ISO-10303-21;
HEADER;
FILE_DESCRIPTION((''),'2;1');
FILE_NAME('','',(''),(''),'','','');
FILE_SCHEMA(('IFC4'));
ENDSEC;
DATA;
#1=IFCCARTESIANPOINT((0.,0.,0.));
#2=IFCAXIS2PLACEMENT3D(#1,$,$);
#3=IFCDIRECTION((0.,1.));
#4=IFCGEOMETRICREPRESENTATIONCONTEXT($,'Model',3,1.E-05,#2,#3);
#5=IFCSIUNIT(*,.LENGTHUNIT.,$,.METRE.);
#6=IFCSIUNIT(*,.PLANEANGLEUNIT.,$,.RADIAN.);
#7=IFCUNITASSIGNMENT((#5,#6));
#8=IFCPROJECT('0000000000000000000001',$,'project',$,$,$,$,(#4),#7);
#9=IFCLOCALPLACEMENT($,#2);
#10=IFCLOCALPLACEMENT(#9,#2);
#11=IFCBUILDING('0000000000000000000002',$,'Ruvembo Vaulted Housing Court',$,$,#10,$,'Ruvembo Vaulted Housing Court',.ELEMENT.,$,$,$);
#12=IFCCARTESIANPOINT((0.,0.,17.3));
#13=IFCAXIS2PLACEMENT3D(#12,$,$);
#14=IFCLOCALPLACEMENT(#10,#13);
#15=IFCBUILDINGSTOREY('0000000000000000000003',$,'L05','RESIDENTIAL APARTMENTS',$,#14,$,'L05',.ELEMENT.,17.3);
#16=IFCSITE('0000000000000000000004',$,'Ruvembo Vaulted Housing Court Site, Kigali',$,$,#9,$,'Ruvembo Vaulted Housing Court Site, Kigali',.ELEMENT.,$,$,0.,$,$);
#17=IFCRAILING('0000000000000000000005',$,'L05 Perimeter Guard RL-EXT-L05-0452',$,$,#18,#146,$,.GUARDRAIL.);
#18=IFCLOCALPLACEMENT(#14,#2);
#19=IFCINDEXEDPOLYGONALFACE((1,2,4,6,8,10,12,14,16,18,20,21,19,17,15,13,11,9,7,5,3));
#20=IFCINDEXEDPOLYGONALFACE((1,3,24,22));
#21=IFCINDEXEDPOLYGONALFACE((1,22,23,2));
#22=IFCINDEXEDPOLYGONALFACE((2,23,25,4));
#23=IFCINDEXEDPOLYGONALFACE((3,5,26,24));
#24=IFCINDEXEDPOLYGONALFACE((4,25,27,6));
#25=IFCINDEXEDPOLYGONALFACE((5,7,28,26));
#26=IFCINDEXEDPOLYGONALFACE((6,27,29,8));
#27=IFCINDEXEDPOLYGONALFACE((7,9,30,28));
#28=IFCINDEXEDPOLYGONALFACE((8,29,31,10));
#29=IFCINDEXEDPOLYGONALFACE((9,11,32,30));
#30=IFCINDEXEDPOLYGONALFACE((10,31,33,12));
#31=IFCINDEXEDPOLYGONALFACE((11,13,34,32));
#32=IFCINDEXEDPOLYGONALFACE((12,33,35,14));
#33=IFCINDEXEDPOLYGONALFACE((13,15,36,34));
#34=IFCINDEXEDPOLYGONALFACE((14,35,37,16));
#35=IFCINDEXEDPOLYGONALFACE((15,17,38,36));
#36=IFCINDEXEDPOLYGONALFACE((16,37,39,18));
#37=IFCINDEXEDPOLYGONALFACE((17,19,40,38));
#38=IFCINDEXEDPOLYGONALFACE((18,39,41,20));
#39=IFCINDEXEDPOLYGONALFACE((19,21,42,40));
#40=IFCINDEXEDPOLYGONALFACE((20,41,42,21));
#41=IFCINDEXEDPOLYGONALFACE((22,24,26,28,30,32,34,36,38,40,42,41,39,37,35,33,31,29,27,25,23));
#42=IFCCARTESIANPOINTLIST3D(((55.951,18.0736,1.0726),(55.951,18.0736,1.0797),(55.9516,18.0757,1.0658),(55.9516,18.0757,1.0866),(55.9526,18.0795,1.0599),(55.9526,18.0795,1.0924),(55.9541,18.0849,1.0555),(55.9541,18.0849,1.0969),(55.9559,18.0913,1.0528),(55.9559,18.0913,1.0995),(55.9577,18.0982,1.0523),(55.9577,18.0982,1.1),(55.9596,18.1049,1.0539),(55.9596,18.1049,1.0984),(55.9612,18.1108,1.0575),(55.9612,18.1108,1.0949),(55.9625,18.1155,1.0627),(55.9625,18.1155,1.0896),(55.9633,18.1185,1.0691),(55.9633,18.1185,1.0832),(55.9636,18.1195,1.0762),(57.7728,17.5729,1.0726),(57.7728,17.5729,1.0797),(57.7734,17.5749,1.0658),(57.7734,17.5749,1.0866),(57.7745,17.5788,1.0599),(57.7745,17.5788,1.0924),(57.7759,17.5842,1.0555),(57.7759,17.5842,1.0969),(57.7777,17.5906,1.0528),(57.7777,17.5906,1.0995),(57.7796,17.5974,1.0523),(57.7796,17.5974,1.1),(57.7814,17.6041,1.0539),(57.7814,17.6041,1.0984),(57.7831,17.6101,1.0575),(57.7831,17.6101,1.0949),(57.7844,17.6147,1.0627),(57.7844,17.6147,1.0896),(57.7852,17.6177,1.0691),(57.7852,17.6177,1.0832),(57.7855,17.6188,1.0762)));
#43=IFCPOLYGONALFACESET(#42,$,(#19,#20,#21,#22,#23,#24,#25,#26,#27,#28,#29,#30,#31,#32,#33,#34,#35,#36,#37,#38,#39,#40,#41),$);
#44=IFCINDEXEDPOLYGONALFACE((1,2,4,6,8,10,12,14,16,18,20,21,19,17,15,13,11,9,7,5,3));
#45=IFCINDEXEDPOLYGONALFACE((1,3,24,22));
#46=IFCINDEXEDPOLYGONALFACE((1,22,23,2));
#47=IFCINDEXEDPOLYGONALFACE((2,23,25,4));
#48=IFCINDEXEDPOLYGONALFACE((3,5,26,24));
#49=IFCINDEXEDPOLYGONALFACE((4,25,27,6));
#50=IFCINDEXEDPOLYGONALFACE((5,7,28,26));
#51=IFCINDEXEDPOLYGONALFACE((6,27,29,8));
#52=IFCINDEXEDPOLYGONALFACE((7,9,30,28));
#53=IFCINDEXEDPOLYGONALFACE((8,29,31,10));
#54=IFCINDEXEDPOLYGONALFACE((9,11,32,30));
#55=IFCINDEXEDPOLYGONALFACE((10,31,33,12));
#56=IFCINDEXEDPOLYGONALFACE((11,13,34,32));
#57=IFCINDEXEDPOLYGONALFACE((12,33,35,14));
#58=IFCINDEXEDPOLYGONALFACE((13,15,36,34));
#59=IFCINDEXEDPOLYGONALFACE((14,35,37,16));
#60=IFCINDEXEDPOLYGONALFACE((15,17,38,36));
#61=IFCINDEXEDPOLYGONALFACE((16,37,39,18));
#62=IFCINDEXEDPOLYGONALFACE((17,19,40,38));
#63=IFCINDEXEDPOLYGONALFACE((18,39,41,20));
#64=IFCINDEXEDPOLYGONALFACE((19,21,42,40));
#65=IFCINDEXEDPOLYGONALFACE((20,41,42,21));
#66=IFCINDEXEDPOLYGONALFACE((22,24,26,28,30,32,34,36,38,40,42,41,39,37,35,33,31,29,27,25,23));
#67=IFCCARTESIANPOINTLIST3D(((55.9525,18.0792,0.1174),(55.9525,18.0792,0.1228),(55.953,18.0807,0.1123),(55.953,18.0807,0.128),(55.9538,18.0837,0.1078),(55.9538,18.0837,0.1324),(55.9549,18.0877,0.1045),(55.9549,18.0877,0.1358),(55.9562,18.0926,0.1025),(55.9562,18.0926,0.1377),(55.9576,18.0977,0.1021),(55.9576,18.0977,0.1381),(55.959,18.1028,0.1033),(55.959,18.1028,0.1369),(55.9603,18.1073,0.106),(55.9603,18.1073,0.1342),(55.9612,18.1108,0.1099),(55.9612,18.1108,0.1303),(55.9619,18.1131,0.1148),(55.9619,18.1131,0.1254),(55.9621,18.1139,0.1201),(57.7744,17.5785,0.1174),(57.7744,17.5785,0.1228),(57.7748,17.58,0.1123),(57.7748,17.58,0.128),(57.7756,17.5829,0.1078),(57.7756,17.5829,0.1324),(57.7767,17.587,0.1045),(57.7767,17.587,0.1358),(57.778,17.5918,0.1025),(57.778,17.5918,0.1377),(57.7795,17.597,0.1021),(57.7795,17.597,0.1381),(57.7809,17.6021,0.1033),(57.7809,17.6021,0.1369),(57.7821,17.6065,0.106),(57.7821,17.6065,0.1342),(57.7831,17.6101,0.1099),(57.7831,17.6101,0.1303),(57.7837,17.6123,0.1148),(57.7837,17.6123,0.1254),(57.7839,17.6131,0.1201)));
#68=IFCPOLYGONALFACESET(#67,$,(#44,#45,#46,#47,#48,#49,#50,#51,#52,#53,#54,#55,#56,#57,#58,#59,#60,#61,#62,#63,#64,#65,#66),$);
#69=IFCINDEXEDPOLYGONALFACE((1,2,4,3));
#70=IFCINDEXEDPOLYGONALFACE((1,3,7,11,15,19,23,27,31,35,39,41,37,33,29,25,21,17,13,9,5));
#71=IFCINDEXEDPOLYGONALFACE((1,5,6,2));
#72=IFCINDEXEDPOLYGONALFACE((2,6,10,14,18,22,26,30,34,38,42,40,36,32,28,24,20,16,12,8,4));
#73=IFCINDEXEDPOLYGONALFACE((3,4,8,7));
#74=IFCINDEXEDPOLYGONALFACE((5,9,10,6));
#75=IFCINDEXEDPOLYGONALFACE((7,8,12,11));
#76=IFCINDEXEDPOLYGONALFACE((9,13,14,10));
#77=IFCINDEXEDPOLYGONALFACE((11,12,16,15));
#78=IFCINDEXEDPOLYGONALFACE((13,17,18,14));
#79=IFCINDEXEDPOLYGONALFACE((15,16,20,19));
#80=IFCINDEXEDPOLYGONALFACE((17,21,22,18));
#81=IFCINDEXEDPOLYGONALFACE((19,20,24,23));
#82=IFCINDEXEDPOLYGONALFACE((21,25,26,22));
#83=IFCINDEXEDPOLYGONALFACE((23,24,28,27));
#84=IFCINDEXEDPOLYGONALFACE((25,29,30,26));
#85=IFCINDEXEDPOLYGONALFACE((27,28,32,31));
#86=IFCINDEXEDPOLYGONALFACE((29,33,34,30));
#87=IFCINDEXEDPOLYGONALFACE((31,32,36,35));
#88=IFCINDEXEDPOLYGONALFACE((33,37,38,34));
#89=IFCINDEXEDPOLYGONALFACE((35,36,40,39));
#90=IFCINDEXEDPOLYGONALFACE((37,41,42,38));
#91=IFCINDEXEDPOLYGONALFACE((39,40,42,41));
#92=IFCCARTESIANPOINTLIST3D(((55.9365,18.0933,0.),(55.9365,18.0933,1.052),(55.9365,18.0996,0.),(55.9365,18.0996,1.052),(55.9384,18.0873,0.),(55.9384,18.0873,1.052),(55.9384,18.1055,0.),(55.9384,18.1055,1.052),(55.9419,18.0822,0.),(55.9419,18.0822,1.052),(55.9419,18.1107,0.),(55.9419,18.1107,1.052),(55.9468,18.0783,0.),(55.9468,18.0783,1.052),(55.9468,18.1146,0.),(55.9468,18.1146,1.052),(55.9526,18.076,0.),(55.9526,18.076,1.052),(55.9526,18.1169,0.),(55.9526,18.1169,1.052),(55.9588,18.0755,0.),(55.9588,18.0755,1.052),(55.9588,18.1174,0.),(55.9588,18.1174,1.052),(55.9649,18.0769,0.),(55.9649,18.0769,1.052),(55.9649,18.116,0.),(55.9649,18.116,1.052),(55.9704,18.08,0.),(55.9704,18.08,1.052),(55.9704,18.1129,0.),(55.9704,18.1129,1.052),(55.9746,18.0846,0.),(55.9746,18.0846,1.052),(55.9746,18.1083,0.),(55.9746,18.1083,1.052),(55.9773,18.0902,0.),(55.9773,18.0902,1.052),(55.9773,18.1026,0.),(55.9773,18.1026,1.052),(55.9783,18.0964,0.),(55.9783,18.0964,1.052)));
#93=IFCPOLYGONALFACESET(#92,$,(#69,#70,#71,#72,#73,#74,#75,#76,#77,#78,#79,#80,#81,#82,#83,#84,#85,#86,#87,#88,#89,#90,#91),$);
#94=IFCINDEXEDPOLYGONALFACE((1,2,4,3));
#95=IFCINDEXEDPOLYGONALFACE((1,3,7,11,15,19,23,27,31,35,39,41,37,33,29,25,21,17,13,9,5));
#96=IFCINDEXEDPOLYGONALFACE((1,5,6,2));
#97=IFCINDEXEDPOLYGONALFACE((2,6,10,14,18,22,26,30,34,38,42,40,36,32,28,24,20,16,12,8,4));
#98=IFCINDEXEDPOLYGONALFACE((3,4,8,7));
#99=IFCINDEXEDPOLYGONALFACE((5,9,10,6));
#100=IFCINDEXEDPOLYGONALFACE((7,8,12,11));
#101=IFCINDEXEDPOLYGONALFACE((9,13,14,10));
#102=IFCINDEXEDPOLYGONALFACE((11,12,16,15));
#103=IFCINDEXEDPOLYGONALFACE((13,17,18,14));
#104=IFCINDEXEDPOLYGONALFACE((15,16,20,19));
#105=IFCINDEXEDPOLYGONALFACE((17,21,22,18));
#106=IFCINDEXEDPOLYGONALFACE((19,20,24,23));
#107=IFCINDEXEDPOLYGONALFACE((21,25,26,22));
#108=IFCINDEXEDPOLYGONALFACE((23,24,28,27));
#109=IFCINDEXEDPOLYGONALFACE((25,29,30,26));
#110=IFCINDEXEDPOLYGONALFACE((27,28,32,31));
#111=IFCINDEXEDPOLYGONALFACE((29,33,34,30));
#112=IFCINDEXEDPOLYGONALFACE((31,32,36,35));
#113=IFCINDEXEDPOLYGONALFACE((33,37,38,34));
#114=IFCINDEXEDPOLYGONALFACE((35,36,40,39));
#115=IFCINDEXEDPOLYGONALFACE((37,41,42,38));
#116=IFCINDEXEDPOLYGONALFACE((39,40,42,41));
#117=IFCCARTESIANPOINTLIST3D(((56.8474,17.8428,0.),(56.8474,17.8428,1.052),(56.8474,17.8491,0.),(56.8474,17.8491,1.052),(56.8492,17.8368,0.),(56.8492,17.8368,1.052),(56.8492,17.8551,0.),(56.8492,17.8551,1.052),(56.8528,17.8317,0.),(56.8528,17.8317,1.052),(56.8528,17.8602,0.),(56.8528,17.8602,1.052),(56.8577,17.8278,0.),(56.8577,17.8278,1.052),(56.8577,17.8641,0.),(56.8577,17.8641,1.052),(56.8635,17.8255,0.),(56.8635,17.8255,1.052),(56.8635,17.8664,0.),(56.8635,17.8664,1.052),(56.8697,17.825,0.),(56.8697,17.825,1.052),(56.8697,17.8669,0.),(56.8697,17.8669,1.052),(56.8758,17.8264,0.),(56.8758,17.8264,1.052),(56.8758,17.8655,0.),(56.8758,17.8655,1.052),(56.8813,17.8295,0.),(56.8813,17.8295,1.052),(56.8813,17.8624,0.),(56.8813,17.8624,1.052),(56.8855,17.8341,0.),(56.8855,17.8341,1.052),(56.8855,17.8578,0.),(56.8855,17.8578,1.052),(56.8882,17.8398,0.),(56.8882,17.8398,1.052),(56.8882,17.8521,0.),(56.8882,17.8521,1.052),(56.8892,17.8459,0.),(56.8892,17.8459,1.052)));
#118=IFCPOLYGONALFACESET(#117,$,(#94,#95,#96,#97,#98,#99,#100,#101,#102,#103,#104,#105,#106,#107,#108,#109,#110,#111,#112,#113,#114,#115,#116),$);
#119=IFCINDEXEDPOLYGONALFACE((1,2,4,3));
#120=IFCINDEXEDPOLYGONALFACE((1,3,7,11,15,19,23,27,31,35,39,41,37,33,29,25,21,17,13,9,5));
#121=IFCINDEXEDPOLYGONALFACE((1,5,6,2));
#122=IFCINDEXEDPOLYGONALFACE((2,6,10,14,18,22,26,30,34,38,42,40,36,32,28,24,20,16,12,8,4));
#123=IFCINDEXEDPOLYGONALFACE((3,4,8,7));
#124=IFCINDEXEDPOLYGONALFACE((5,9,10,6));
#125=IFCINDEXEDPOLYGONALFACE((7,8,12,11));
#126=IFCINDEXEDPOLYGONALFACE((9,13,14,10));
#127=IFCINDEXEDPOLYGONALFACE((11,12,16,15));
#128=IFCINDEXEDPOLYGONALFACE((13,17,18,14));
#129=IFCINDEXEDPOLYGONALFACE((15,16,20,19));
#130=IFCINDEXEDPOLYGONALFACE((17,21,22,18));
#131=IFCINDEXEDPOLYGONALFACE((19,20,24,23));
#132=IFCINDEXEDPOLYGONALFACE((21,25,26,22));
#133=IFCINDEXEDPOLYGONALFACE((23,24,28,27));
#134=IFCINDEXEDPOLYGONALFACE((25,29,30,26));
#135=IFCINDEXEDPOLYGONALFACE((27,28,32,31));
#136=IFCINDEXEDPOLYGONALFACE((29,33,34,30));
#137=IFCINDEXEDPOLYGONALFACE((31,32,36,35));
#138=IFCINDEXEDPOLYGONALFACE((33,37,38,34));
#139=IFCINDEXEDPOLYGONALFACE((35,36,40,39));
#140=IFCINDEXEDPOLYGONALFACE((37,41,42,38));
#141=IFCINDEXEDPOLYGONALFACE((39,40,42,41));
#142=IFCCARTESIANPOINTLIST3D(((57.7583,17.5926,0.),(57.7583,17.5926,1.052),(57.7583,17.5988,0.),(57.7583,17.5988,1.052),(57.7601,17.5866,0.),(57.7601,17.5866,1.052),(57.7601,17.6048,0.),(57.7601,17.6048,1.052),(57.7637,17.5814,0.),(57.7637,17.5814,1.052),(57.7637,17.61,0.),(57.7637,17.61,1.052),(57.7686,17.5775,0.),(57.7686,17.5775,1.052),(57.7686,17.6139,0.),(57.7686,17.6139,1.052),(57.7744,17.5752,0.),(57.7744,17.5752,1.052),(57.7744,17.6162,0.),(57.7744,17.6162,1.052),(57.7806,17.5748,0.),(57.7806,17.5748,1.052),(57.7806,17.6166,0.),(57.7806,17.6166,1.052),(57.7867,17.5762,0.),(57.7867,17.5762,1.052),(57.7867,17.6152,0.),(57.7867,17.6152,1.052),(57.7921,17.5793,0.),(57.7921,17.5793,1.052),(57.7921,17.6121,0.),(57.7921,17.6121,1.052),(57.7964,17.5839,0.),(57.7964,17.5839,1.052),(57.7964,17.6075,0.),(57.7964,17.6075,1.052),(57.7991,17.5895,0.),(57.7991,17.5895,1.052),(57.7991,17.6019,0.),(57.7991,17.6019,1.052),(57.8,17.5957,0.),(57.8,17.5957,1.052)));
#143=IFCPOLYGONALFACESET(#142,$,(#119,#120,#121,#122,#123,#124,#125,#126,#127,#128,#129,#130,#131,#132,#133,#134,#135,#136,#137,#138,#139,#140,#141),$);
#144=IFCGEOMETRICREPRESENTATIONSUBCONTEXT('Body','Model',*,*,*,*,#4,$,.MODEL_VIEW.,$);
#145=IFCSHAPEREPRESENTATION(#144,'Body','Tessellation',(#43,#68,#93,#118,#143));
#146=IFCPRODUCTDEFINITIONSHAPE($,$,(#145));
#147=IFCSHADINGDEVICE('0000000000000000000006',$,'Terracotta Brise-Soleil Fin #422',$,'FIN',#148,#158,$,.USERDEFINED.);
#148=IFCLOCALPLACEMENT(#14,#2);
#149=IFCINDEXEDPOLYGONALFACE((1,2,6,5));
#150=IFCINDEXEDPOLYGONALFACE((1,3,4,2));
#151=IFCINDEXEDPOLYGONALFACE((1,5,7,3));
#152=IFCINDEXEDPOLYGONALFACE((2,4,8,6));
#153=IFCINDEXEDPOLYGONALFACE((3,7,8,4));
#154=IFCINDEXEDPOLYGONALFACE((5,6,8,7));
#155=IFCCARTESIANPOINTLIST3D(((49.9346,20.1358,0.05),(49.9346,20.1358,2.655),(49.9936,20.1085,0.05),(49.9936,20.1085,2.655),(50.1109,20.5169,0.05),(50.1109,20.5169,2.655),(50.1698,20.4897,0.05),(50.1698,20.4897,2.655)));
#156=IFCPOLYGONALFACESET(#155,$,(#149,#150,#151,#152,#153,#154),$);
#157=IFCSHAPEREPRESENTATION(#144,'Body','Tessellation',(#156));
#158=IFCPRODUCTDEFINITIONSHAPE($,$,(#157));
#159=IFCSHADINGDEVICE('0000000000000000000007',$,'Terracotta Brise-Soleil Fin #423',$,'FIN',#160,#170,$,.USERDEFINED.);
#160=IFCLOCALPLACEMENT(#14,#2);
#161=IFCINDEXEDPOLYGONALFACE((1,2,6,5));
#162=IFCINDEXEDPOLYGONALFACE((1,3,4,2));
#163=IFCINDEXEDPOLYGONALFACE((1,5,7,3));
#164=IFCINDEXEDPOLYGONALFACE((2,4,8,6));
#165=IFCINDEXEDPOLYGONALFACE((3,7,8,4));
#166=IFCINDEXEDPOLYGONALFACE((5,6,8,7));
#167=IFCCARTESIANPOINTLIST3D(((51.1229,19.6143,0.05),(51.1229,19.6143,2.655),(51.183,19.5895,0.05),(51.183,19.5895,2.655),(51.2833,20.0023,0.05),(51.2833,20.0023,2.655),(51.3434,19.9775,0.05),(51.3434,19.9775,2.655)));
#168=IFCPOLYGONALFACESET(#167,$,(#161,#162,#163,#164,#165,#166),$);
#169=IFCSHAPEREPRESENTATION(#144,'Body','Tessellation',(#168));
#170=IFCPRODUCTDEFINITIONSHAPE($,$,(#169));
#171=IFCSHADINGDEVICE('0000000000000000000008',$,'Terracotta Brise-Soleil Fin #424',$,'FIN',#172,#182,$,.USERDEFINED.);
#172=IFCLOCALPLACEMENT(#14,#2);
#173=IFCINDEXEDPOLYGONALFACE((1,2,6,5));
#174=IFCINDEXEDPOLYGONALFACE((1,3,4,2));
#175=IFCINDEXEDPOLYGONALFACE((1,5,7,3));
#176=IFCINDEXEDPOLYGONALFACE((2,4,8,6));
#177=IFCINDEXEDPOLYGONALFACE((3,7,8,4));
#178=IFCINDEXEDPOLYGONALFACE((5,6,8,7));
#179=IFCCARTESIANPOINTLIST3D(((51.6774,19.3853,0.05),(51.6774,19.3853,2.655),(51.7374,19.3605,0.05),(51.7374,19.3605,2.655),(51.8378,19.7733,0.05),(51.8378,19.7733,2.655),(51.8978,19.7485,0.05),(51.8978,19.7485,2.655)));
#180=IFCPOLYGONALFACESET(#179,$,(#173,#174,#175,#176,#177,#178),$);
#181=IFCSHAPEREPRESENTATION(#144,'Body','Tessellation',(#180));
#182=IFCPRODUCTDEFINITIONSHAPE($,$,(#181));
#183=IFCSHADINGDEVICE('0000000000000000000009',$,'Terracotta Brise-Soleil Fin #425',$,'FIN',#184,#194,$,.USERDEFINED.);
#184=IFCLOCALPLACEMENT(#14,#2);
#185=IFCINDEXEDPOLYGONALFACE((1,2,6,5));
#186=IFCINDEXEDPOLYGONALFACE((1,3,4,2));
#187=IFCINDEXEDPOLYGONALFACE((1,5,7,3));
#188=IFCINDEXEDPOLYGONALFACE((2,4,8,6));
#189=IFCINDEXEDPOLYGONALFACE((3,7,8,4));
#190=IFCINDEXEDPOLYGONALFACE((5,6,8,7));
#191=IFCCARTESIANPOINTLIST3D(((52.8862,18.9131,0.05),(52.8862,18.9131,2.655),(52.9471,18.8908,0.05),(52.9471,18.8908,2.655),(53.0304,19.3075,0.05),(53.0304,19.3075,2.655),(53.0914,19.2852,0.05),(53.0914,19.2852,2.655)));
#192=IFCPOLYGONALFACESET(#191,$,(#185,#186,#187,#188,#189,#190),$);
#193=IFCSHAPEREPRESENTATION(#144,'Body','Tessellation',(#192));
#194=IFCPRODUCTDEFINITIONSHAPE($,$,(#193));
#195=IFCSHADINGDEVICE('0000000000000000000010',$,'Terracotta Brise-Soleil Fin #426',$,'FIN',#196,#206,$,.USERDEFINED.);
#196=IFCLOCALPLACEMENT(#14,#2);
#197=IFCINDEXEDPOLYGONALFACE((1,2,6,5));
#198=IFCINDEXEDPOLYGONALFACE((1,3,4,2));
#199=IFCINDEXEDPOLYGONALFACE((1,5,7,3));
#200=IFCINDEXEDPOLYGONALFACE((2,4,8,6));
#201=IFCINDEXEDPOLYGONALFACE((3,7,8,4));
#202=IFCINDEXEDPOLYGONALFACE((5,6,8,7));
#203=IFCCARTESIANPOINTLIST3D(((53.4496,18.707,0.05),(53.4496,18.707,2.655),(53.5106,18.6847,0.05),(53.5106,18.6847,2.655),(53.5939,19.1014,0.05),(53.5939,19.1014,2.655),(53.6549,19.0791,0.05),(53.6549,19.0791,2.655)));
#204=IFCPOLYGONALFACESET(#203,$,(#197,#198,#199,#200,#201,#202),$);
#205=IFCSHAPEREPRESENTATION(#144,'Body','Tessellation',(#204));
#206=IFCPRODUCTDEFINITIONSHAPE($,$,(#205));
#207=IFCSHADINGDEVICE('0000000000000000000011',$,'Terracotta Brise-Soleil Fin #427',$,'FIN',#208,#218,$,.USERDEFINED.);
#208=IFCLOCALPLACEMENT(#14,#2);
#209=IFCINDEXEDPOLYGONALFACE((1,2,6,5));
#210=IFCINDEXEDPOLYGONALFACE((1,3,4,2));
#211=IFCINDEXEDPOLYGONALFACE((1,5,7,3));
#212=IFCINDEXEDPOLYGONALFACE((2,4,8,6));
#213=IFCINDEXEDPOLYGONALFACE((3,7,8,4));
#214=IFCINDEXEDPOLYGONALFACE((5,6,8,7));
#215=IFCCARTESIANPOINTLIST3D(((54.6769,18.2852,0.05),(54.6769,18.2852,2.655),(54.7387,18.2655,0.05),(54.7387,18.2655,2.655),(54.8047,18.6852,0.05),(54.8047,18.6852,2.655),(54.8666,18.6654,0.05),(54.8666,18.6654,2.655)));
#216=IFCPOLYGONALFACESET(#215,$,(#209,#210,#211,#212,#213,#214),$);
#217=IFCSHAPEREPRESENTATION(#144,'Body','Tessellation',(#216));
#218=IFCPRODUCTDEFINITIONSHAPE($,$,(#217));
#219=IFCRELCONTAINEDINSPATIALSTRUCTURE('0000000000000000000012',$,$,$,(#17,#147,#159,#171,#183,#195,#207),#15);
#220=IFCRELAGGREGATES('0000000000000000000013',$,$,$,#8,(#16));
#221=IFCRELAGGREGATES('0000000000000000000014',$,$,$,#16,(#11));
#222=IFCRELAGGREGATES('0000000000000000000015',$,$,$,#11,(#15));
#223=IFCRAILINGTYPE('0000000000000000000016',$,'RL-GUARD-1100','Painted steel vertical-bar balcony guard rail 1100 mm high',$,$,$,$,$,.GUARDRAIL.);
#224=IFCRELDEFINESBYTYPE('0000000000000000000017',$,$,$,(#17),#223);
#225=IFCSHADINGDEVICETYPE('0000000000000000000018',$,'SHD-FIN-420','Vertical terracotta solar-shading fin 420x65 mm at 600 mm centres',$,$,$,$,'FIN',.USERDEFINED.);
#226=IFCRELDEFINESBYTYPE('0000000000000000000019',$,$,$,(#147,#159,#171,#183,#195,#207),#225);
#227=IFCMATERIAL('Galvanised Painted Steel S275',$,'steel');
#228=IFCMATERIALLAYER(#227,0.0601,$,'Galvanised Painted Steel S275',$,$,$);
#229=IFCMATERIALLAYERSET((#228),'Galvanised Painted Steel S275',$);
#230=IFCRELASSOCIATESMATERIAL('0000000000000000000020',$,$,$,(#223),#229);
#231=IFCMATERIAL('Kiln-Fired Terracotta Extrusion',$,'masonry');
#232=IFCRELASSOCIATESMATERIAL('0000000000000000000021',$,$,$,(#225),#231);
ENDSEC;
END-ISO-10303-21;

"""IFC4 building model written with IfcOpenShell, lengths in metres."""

from ifc_helpers import new_model, si_unit, direction, frame, origin, origin_2d, place, context, subcontext, project, spatial, rectangle, circle, extrude, material, layer, layer_set, type_object, element, save


model = new_model("IFC4")

# Units and contexts
model_context = context("Model", 3, precision=1e-05, world=origin(), true_north=direction((0.0, 1.0)))
body_context = subcontext(model_context, "Body", "Model", "MODEL_VIEW")
ifc_project = project(units=[si_unit("LENGTHUNIT", "METRE"), si_unit("PLANEANGLEUNIT", "RADIAN")], contexts=[model_context])

# Site, building, storey
site_placement = place(None, origin())
site = spatial("IfcSite", under=ifc_project, at=site_placement, Name="Ruvembo Vaulted Housing Court Site, Kigali", LongName="Ruvembo Vaulted Housing Court Site, Kigali", CompositionType="ELEMENT", RefElevation=0.0)
building_placement = place(site_placement, origin())
building = spatial("IfcBuilding", under=site, at=building_placement, Name="Ruvembo Vaulted Housing Court", LongName="Ruvembo Vaulted Housing Court", CompositionType="ELEMENT")
storey_placement = place(building_placement, frame((0.0, 0.0, 17.3)))
storey = spatial("IfcBuildingStorey", under=building, at=storey_placement, Name="L05", Description="RESIDENTIAL APARTMENTS", LongName="L05", CompositionType="ELEMENT", Elevation=17.3)

# Railing
ifc_material_1 = material(Name="Galvanised Painted Steel S275", Category="steel")
ifc_layer_1 = layer(ifc_material_1, 0.0601, Name="Galvanised Painted Steel S275")
ifc_layer_set_1 = layer_set([ifc_layer_1], Name="Galvanised Painted Steel S275")
railing_type = type_object("IfcRailingType", Name="RL-GUARD-1100", Description="Painted steel vertical-bar balcony guard rail 1100 mm high", PredefinedType="GUARDRAIL", material=ifc_layer_set_1)
railing_1_placement = place(storey_placement, frame((55.9573, 18.0964, 0.0)))
element("IfcRailing", 1, at=railing_1_placement, inside=storey, type_object=railing_type, Name="L05 Perimeter Guard RL-EXT-L05-0452", PredefinedType="GUARDRAIL", context=body_context, shape_type="SweptSolid", body=[
    extrude(circle(Radius=0.0239, at=origin_2d()), frame((0.0, 0.0, 1.0762), z_axis=(0.96424, -0.26503, 0.0), x_axis=(0.26503, 0.96424, 0.0)), (0.0, 0.0, 1.0), 1.8894),
    extrude(circle(Radius=0.0181, at=origin_2d()), frame((0.0, 0.0, 0.1201), z_axis=(0.96424, -0.26503, 0.0), x_axis=(0.26503, 0.96424, 0.0)), (0.0, 0.0, 1.0), 1.8894),
    extrude(circle(Radius=0.021, at=origin_2d()), origin(), (0.0, 0.0, 1.0), 1.052),
    extrude(circle(Radius=0.021, at=origin_2d()), frame((0.9109, -0.2505, 0.0)), (0.0, 0.0, 1.0), 1.052),
    extrude(circle(Radius=0.021, at=origin_2d()), frame((1.8218, -0.5007, 0.0)), (0.0, 0.0, 1.0), 1.052),
])

# Shading devices
ifc_material_2 = material(Name="Kiln-Fired Terracotta Extrusion", Category="masonry")
shading_device_type = type_object("IfcShadingDeviceType", Name="SHD-FIN-420", Description="Vertical terracotta solar-shading fin 420x65 mm at 600 mm centres", ElementType="FIN", PredefinedType="USERDEFINED", material=ifc_material_2)
for number, where, z_axis, x_axis, name in (
    (2, (50.0522, 20.3127, 0.05), (0.0, 0.0, 1.0), (-0.419737, -0.907646, 0.0), "Terracotta Brise-Soleil Fin #422"),
    (3, (51.2332, 19.7959, 0.05), (0.0, 0.0, 1.0), (-0.381958, -0.92418, 0.0), "Terracotta Brise-Soleil Fin #423"),
    (4, (51.7876, 19.5669, 0.05), (0.0, 0.0, 1.0), (-0.381958, -0.92418, 0.0), "Terracotta Brise-Soleil Fin #424"),
    (5, (52.9888, 19.0991, 0.05), (0.0, 0.0, 1.0), (-0.343512, -0.939148, 0.0), "Terracotta Brise-Soleil Fin #425"),
    (6, (53.5522, 18.8931, 0.05), (0.0, 0.0, 1.0), (-0.343512, -0.939148, 0.0), "Terracotta Brise-Soleil Fin #426"),
    (7, (54.7717, 18.4753, 0.05), (0.0, 0.0, 1.0), (-0.304449, -0.952529, 0.0), "Terracotta Brise-Soleil Fin #427"),
):
    element("IfcShadingDevice", number, at=place(storey_placement, frame(where, z_axis=z_axis, x_axis=x_axis)), inside=storey, type_object=shading_device_type, Name=name, ObjectType="FIN", PredefinedType="USERDEFINED", context=body_context, shape_type="SweptSolid", body=[
        extrude(rectangle(XDim=0.4199, YDim=0.0649, at=origin_2d()), origin(), (0.0, 0.0, 1.0), 2.605),
    ])

save(model, "model.ifc")
